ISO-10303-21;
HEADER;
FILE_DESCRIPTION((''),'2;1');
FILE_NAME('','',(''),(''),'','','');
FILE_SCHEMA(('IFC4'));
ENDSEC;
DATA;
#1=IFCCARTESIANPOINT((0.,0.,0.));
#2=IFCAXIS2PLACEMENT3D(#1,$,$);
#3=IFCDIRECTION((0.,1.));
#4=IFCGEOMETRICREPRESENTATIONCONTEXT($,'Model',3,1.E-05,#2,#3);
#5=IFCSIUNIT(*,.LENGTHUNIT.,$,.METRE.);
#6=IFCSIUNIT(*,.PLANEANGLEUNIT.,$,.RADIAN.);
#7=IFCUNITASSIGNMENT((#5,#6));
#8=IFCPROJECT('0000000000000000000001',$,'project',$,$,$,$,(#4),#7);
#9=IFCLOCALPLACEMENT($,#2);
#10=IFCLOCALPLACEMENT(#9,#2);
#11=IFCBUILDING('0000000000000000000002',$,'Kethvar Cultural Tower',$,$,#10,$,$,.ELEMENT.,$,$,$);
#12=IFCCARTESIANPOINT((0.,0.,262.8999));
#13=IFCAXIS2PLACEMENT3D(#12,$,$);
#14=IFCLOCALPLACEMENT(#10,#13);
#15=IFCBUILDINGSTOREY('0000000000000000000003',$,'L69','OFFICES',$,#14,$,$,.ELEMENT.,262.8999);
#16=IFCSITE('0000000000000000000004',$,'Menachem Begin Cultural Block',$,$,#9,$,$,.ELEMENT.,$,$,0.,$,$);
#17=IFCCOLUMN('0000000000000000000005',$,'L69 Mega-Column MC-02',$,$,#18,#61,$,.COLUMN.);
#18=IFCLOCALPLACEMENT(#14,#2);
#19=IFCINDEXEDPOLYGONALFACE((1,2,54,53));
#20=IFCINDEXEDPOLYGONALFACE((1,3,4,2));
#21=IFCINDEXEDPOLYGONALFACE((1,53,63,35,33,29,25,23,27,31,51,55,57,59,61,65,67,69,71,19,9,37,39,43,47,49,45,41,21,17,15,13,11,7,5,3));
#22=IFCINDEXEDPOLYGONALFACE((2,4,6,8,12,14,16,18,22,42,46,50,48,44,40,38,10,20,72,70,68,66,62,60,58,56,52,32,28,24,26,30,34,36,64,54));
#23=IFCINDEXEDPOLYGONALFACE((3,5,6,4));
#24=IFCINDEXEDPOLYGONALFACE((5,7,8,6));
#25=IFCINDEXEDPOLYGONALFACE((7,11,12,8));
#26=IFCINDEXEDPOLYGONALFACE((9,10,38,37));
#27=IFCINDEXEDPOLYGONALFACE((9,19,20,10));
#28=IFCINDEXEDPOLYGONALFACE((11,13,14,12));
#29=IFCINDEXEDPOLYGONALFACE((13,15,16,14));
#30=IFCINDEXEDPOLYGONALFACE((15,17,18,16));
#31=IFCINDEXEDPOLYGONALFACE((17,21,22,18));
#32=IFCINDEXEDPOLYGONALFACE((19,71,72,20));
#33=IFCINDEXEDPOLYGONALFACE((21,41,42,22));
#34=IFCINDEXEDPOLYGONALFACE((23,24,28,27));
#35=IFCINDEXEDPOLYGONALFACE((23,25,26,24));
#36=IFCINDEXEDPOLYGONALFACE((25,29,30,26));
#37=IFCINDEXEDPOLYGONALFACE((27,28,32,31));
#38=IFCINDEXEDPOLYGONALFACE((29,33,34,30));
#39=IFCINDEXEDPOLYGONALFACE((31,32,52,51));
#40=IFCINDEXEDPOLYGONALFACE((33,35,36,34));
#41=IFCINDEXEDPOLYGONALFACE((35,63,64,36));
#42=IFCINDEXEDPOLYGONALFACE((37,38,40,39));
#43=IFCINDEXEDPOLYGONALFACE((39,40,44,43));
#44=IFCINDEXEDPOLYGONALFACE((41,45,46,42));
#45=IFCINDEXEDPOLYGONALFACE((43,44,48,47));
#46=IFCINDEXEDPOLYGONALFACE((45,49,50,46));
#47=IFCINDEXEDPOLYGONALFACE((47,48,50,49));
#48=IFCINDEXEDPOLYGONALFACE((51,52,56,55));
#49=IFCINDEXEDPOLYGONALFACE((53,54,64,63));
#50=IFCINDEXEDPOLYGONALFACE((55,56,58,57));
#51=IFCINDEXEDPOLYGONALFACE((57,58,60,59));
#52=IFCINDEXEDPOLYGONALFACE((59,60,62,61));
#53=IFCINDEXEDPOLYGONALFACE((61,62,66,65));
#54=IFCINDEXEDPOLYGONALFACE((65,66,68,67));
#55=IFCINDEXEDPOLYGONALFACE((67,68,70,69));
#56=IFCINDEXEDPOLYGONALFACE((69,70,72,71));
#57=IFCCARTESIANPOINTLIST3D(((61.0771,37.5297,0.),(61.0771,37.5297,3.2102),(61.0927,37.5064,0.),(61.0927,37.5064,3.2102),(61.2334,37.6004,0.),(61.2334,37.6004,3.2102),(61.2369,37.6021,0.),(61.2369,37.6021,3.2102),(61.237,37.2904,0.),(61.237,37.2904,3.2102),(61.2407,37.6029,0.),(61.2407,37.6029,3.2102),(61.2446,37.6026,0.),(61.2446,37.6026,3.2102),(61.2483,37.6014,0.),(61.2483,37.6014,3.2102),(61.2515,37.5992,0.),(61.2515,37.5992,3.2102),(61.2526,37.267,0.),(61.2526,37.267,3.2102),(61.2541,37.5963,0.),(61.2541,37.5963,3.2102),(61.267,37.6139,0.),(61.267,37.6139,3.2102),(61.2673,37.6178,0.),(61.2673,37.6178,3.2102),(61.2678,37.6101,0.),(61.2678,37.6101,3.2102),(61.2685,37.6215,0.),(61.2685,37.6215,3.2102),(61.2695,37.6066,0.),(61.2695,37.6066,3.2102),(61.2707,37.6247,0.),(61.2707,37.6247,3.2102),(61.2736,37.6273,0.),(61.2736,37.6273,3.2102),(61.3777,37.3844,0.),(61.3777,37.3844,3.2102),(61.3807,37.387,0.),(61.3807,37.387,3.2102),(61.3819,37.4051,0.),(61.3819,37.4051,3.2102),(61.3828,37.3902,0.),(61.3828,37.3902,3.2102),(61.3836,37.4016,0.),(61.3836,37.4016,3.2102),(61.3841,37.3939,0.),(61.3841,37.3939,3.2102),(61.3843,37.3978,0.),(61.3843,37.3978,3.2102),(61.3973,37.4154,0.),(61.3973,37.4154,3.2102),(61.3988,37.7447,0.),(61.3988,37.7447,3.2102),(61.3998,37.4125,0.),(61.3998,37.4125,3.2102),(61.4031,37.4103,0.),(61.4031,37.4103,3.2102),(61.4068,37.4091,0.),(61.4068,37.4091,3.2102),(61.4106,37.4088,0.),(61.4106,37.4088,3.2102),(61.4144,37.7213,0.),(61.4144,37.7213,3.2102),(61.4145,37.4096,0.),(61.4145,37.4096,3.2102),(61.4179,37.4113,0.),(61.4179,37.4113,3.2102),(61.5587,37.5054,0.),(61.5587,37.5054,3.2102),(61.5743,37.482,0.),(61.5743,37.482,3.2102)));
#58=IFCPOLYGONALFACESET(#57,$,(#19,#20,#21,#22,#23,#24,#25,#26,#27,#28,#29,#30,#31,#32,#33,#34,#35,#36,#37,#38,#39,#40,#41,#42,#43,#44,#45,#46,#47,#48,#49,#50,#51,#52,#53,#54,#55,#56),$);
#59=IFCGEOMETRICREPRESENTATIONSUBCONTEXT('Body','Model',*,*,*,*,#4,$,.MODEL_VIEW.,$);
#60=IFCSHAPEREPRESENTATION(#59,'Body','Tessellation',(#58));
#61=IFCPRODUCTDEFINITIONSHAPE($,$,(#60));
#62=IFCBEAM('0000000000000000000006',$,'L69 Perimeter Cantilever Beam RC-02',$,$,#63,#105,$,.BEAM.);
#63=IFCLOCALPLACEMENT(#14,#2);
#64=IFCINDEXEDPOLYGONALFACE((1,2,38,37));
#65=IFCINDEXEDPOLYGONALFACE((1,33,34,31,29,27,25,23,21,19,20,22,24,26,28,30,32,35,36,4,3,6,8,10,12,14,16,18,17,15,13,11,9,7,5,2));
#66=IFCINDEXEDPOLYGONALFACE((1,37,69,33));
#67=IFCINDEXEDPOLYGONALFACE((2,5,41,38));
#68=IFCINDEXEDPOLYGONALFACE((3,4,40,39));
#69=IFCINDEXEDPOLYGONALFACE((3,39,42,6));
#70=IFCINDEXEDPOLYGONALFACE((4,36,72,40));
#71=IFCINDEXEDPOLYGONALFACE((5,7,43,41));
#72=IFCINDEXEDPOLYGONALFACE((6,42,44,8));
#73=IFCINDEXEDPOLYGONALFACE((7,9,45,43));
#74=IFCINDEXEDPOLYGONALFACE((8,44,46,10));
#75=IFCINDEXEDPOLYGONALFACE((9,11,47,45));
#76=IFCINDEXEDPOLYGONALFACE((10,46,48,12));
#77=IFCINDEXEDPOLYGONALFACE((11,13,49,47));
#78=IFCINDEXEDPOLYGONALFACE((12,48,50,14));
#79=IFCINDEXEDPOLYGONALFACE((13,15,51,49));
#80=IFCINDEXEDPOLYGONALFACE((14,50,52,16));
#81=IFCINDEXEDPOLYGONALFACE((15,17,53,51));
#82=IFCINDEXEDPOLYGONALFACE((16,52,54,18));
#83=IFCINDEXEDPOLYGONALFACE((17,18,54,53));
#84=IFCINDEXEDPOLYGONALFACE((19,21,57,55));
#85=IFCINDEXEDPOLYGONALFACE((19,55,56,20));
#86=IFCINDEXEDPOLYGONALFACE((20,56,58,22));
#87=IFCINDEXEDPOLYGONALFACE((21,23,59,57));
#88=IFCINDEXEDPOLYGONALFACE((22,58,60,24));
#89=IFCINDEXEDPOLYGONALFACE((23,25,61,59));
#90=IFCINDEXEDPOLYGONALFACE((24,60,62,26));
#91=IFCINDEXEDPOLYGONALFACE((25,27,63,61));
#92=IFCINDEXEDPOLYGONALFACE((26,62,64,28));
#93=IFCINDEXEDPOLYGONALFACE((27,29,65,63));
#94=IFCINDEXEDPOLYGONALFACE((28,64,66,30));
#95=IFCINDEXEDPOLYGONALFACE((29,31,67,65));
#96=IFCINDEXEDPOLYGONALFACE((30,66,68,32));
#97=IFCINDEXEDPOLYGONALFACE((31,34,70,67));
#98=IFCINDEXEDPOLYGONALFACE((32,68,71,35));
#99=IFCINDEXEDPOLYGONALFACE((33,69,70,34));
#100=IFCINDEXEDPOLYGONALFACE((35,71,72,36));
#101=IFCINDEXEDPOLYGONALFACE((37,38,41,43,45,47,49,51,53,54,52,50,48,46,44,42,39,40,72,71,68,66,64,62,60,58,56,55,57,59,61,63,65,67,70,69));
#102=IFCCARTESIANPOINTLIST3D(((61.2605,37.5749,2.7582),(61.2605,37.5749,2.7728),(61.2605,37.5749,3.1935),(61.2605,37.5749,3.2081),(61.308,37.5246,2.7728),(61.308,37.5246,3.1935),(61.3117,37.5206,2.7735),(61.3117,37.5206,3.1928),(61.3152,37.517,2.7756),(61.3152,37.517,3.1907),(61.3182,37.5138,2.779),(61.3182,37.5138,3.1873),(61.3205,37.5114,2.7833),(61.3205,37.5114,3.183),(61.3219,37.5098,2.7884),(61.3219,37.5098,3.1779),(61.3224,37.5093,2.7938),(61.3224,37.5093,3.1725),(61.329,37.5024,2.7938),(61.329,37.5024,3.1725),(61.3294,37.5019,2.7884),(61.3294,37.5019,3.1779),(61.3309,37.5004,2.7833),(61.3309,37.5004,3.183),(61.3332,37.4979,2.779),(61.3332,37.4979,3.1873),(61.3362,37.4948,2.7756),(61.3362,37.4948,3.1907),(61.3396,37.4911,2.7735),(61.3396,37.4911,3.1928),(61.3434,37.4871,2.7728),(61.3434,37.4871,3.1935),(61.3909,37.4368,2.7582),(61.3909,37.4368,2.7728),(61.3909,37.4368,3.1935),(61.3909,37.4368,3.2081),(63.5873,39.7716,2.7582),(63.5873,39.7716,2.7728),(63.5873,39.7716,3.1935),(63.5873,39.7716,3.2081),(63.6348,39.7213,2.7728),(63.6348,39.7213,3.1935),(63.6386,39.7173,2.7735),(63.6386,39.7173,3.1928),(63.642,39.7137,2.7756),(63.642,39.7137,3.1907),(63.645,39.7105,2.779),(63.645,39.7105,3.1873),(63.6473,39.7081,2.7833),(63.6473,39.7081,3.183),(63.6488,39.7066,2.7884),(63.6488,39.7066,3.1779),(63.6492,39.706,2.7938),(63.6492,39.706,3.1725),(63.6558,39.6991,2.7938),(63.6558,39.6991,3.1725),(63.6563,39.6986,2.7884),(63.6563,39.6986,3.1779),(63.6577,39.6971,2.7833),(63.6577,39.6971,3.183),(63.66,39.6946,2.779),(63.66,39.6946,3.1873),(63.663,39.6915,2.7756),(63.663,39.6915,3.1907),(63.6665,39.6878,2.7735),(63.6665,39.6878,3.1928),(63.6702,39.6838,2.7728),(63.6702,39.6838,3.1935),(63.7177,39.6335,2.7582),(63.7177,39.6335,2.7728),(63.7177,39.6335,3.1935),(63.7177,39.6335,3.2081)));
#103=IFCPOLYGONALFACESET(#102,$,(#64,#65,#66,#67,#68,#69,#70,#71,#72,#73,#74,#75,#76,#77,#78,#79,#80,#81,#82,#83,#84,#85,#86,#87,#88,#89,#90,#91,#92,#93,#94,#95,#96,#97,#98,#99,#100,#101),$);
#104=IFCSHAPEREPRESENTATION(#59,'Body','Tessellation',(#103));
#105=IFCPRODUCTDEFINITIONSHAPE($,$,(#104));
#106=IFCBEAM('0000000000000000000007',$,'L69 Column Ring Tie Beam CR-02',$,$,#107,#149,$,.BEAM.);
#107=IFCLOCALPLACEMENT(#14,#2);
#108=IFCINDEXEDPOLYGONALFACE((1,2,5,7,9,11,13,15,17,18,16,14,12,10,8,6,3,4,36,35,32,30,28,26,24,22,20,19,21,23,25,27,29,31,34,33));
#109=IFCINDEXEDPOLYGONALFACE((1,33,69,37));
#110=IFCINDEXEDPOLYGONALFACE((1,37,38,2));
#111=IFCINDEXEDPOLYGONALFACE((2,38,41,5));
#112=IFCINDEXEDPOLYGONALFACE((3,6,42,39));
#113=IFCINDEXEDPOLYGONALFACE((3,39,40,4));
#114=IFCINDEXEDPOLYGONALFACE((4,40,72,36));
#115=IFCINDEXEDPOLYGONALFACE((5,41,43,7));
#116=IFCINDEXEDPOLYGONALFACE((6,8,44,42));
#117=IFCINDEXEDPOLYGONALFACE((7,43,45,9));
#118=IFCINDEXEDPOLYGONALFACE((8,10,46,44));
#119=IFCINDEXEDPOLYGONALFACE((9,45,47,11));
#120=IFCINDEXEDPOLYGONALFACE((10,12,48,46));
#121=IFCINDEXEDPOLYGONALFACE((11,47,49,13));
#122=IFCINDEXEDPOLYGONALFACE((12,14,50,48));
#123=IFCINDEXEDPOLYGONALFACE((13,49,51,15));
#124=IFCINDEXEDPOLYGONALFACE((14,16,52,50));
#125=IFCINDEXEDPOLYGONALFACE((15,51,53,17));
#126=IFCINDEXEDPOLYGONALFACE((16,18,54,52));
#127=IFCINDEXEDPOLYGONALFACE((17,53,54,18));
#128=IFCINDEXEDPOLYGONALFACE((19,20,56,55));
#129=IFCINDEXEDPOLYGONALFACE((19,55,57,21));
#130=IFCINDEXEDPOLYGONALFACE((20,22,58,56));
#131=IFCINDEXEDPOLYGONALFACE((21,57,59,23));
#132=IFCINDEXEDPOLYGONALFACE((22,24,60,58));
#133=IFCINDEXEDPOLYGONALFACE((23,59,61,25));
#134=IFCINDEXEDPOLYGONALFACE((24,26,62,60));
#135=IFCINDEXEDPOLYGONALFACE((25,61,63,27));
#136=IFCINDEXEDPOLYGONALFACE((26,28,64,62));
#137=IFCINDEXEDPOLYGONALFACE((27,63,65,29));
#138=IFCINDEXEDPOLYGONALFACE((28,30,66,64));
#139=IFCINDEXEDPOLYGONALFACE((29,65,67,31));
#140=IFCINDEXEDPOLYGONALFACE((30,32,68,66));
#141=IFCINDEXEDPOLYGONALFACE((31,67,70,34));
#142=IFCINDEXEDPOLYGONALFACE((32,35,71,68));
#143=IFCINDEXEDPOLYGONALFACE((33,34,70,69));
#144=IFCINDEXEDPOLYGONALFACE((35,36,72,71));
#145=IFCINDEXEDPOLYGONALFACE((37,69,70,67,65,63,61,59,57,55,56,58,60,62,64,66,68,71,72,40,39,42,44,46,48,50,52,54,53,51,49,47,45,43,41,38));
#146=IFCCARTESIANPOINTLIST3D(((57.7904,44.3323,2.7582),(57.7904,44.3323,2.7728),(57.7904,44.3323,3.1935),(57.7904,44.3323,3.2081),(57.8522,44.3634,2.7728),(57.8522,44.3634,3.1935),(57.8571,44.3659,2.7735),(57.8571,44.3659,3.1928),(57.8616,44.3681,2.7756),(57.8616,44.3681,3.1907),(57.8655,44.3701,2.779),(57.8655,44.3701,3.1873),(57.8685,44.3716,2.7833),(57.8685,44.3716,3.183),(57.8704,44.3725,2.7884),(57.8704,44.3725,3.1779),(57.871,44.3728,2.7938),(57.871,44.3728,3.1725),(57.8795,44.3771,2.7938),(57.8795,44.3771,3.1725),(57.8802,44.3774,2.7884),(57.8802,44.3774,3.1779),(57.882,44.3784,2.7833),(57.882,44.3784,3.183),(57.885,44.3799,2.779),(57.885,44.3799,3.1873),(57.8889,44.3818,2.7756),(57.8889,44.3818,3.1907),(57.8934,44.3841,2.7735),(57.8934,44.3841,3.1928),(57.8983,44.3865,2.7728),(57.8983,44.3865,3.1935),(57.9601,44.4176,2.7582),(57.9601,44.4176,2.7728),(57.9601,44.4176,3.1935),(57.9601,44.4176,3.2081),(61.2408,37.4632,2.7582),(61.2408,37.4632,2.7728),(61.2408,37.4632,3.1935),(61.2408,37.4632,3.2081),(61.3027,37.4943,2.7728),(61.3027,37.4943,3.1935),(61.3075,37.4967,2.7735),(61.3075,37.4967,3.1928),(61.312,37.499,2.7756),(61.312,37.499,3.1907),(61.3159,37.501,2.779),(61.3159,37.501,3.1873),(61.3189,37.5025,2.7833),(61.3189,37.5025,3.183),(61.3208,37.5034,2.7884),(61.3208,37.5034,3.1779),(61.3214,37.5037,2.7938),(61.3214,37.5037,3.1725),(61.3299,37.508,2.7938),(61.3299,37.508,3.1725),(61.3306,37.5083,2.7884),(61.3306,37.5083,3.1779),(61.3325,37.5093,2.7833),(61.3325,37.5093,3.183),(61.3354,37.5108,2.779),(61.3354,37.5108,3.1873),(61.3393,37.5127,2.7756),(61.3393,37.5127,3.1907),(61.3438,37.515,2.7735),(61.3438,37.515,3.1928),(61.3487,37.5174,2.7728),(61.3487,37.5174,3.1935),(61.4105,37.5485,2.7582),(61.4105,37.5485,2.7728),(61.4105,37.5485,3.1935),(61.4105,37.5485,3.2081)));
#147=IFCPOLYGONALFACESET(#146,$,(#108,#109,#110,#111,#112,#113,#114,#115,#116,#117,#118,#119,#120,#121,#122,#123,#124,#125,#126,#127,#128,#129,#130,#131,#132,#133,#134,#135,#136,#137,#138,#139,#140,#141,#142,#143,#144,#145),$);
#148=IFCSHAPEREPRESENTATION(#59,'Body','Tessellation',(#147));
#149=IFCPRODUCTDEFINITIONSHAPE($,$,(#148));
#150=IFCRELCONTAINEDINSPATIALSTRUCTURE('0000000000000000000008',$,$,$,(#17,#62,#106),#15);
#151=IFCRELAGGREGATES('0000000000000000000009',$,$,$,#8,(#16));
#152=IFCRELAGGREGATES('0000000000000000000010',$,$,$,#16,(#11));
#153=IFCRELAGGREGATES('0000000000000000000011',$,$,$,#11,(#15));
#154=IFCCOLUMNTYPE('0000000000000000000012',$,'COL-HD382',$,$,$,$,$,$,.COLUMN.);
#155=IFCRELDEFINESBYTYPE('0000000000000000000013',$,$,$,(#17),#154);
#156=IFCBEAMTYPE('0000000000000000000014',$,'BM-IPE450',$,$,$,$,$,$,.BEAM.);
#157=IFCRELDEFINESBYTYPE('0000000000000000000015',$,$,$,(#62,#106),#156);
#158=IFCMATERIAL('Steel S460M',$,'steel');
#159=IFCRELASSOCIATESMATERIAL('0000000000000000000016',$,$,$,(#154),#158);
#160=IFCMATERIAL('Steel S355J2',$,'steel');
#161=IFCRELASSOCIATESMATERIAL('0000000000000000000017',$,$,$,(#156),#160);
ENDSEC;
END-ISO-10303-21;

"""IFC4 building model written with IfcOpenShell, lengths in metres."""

from ifc_helpers import new_model, si_unit, direction, frame, origin, origin_2d, place, context, subcontext, project, spatial, i_section, extrude, source, transform, mapped, material, material_profile, profile_set, type_object, element, save


model = new_model("IFC4")

# Units and contexts
model_context = context("Model", 3, precision=1e-05, world=origin(), true_north=direction((0.0, 1.0)))
body_context = subcontext(model_context, "Body", "Model", "MODEL_VIEW")
ifc_project = project(units=[si_unit("LENGTHUNIT", "METRE"), si_unit("PLANEANGLEUNIT", "RADIAN")], contexts=[model_context])

# Site, building, storey
site_placement = place(None, origin())
site = spatial("IfcSite", under=ifc_project, at=site_placement, Name="Menachem Begin Cultural Block", CompositionType="ELEMENT", RefElevation=0.0)
building_placement = place(site_placement, origin())
building = spatial("IfcBuilding", under=site, at=building_placement, Name="Kethvar Cultural Tower", CompositionType="ELEMENT")
storey_placement = place(building_placement, frame((0.0, 0.0, 262.8999)))
storey = spatial("IfcBuildingStorey", under=building, at=storey_placement, Name="L69", Description="OFFICES", CompositionType="ELEMENT", Elevation=262.8999)

# Column
ifc_material_1 = material(Name="Steel S460M", Category="steel")
ifc_material_profile_1 = material_profile(ifc_material_1, i_section(OverallWidth=0.387, OverallDepth=0.3159, WebThickness=0.0186, FlangeThickness=0.0281, FilletRadius=0.0149, at=origin_2d()), Name="Steel S460M — HD400x382")
ifc_profile_set_1 = profile_set([ifc_material_profile_1], Name="Steel S460M — HD400x382")
column_type = type_object("IfcColumnType", Name="COL-HD382", PredefinedType="COLUMN", material=ifc_profile_set_1)
shared_shape_1 = source(origin(), body_context, "Body", "SweptSolid", [
    extrude(i_section(OverallWidth=0.387, OverallDepth=0.3159, WebThickness=0.0186, FlangeThickness=0.0281, FilletRadius=0.0149, at=origin_2d()), origin(), (0.0, 0.0, 1.0), 3.2102),
])
column_placement = place(storey_placement, frame((61.3257, 37.5059, 0.0), z_axis=(0.0, 0.0, 1.0), x_axis=(0.83147, 0.55557, 0.0)))
element("IfcColumn", 1, at=column_placement, inside=storey, type_object=column_type, Name="L69 Mega-Column MC-02", PredefinedType="COLUMN", context=body_context, shape_type="MappedRepresentation", body=[
    mapped(shared_shape_1, transform((0.0, 0.0, 0.0), scale=1.0)),
])

# Beams
ifc_material_2 = material(Name="Steel S355J2", Category="steel")
ifc_material_profile_2 = material_profile(ifc_material_2, i_section(OverallWidth=0.1899, OverallDepth=0.45, WebThickness=0.0095, FlangeThickness=0.0146, FilletRadius=0.021, at=origin_2d()), Name="Steel S355J2 — IPE450")
ifc_profile_set_2 = profile_set([ifc_material_profile_2], Name="Steel S355J2 — IPE450")
beam_type_1 = type_object("IfcBeamType", Name="BM-IPE450", PredefinedType="BEAM", material=ifc_profile_set_2)
shared_shape_2 = source(origin(), body_context, "Body", "SweptSolid", [
    extrude(i_section(OverallWidth=0.1899, OverallDepth=0.45, WebThickness=0.0095, FlangeThickness=0.0146, FilletRadius=0.021, at=origin_2d()), origin(), (0.0, 0.0, 1.0), 3.2),
])
beam_1_placement = place(storey_placement, frame((61.3257, 37.5059, 2.9832), z_axis=(0.727146, 0.686482, 0.0), x_axis=(-0.686482, 0.727146, 0.0)))
element("IfcBeam", 2, at=beam_1_placement, inside=storey, type_object=beam_type_1, Name="L69 Perimeter Cantilever Beam RC-02", PredefinedType="BEAM", context=body_context, shape_type="MappedRepresentation", body=[
    mapped(shared_shape_2, transform((0.0, 0.0, 0.0), scale=1.0)),
])
shared_shape_3 = source(origin(), body_context, "Body", "SweptSolid", [
    extrude(i_section(OverallWidth=0.1899, OverallDepth=0.45, WebThickness=0.0095, FlangeThickness=0.0146, FilletRadius=0.021, at=origin_2d()), origin(), (0.0, 0.0, 1.0), 7.687),
])
beam_2_placement = place(storey_placement, frame((61.3257, 37.5059, 2.9832), z_axis=(-0.448864, 0.8936, 0.0), x_axis=(-0.8936, -0.448864, 0.0)))
element("IfcBeam", 3, at=beam_2_placement, inside=storey, type_object=beam_type_1, Name="L69 Column Ring Tie Beam CR-02", PredefinedType="BEAM", context=body_context, shape_type="MappedRepresentation", body=[
    mapped(shared_shape_3, transform((0.0, 0.0, 0.0), scale=1.0)),
])

save(model, "model.ifc")
